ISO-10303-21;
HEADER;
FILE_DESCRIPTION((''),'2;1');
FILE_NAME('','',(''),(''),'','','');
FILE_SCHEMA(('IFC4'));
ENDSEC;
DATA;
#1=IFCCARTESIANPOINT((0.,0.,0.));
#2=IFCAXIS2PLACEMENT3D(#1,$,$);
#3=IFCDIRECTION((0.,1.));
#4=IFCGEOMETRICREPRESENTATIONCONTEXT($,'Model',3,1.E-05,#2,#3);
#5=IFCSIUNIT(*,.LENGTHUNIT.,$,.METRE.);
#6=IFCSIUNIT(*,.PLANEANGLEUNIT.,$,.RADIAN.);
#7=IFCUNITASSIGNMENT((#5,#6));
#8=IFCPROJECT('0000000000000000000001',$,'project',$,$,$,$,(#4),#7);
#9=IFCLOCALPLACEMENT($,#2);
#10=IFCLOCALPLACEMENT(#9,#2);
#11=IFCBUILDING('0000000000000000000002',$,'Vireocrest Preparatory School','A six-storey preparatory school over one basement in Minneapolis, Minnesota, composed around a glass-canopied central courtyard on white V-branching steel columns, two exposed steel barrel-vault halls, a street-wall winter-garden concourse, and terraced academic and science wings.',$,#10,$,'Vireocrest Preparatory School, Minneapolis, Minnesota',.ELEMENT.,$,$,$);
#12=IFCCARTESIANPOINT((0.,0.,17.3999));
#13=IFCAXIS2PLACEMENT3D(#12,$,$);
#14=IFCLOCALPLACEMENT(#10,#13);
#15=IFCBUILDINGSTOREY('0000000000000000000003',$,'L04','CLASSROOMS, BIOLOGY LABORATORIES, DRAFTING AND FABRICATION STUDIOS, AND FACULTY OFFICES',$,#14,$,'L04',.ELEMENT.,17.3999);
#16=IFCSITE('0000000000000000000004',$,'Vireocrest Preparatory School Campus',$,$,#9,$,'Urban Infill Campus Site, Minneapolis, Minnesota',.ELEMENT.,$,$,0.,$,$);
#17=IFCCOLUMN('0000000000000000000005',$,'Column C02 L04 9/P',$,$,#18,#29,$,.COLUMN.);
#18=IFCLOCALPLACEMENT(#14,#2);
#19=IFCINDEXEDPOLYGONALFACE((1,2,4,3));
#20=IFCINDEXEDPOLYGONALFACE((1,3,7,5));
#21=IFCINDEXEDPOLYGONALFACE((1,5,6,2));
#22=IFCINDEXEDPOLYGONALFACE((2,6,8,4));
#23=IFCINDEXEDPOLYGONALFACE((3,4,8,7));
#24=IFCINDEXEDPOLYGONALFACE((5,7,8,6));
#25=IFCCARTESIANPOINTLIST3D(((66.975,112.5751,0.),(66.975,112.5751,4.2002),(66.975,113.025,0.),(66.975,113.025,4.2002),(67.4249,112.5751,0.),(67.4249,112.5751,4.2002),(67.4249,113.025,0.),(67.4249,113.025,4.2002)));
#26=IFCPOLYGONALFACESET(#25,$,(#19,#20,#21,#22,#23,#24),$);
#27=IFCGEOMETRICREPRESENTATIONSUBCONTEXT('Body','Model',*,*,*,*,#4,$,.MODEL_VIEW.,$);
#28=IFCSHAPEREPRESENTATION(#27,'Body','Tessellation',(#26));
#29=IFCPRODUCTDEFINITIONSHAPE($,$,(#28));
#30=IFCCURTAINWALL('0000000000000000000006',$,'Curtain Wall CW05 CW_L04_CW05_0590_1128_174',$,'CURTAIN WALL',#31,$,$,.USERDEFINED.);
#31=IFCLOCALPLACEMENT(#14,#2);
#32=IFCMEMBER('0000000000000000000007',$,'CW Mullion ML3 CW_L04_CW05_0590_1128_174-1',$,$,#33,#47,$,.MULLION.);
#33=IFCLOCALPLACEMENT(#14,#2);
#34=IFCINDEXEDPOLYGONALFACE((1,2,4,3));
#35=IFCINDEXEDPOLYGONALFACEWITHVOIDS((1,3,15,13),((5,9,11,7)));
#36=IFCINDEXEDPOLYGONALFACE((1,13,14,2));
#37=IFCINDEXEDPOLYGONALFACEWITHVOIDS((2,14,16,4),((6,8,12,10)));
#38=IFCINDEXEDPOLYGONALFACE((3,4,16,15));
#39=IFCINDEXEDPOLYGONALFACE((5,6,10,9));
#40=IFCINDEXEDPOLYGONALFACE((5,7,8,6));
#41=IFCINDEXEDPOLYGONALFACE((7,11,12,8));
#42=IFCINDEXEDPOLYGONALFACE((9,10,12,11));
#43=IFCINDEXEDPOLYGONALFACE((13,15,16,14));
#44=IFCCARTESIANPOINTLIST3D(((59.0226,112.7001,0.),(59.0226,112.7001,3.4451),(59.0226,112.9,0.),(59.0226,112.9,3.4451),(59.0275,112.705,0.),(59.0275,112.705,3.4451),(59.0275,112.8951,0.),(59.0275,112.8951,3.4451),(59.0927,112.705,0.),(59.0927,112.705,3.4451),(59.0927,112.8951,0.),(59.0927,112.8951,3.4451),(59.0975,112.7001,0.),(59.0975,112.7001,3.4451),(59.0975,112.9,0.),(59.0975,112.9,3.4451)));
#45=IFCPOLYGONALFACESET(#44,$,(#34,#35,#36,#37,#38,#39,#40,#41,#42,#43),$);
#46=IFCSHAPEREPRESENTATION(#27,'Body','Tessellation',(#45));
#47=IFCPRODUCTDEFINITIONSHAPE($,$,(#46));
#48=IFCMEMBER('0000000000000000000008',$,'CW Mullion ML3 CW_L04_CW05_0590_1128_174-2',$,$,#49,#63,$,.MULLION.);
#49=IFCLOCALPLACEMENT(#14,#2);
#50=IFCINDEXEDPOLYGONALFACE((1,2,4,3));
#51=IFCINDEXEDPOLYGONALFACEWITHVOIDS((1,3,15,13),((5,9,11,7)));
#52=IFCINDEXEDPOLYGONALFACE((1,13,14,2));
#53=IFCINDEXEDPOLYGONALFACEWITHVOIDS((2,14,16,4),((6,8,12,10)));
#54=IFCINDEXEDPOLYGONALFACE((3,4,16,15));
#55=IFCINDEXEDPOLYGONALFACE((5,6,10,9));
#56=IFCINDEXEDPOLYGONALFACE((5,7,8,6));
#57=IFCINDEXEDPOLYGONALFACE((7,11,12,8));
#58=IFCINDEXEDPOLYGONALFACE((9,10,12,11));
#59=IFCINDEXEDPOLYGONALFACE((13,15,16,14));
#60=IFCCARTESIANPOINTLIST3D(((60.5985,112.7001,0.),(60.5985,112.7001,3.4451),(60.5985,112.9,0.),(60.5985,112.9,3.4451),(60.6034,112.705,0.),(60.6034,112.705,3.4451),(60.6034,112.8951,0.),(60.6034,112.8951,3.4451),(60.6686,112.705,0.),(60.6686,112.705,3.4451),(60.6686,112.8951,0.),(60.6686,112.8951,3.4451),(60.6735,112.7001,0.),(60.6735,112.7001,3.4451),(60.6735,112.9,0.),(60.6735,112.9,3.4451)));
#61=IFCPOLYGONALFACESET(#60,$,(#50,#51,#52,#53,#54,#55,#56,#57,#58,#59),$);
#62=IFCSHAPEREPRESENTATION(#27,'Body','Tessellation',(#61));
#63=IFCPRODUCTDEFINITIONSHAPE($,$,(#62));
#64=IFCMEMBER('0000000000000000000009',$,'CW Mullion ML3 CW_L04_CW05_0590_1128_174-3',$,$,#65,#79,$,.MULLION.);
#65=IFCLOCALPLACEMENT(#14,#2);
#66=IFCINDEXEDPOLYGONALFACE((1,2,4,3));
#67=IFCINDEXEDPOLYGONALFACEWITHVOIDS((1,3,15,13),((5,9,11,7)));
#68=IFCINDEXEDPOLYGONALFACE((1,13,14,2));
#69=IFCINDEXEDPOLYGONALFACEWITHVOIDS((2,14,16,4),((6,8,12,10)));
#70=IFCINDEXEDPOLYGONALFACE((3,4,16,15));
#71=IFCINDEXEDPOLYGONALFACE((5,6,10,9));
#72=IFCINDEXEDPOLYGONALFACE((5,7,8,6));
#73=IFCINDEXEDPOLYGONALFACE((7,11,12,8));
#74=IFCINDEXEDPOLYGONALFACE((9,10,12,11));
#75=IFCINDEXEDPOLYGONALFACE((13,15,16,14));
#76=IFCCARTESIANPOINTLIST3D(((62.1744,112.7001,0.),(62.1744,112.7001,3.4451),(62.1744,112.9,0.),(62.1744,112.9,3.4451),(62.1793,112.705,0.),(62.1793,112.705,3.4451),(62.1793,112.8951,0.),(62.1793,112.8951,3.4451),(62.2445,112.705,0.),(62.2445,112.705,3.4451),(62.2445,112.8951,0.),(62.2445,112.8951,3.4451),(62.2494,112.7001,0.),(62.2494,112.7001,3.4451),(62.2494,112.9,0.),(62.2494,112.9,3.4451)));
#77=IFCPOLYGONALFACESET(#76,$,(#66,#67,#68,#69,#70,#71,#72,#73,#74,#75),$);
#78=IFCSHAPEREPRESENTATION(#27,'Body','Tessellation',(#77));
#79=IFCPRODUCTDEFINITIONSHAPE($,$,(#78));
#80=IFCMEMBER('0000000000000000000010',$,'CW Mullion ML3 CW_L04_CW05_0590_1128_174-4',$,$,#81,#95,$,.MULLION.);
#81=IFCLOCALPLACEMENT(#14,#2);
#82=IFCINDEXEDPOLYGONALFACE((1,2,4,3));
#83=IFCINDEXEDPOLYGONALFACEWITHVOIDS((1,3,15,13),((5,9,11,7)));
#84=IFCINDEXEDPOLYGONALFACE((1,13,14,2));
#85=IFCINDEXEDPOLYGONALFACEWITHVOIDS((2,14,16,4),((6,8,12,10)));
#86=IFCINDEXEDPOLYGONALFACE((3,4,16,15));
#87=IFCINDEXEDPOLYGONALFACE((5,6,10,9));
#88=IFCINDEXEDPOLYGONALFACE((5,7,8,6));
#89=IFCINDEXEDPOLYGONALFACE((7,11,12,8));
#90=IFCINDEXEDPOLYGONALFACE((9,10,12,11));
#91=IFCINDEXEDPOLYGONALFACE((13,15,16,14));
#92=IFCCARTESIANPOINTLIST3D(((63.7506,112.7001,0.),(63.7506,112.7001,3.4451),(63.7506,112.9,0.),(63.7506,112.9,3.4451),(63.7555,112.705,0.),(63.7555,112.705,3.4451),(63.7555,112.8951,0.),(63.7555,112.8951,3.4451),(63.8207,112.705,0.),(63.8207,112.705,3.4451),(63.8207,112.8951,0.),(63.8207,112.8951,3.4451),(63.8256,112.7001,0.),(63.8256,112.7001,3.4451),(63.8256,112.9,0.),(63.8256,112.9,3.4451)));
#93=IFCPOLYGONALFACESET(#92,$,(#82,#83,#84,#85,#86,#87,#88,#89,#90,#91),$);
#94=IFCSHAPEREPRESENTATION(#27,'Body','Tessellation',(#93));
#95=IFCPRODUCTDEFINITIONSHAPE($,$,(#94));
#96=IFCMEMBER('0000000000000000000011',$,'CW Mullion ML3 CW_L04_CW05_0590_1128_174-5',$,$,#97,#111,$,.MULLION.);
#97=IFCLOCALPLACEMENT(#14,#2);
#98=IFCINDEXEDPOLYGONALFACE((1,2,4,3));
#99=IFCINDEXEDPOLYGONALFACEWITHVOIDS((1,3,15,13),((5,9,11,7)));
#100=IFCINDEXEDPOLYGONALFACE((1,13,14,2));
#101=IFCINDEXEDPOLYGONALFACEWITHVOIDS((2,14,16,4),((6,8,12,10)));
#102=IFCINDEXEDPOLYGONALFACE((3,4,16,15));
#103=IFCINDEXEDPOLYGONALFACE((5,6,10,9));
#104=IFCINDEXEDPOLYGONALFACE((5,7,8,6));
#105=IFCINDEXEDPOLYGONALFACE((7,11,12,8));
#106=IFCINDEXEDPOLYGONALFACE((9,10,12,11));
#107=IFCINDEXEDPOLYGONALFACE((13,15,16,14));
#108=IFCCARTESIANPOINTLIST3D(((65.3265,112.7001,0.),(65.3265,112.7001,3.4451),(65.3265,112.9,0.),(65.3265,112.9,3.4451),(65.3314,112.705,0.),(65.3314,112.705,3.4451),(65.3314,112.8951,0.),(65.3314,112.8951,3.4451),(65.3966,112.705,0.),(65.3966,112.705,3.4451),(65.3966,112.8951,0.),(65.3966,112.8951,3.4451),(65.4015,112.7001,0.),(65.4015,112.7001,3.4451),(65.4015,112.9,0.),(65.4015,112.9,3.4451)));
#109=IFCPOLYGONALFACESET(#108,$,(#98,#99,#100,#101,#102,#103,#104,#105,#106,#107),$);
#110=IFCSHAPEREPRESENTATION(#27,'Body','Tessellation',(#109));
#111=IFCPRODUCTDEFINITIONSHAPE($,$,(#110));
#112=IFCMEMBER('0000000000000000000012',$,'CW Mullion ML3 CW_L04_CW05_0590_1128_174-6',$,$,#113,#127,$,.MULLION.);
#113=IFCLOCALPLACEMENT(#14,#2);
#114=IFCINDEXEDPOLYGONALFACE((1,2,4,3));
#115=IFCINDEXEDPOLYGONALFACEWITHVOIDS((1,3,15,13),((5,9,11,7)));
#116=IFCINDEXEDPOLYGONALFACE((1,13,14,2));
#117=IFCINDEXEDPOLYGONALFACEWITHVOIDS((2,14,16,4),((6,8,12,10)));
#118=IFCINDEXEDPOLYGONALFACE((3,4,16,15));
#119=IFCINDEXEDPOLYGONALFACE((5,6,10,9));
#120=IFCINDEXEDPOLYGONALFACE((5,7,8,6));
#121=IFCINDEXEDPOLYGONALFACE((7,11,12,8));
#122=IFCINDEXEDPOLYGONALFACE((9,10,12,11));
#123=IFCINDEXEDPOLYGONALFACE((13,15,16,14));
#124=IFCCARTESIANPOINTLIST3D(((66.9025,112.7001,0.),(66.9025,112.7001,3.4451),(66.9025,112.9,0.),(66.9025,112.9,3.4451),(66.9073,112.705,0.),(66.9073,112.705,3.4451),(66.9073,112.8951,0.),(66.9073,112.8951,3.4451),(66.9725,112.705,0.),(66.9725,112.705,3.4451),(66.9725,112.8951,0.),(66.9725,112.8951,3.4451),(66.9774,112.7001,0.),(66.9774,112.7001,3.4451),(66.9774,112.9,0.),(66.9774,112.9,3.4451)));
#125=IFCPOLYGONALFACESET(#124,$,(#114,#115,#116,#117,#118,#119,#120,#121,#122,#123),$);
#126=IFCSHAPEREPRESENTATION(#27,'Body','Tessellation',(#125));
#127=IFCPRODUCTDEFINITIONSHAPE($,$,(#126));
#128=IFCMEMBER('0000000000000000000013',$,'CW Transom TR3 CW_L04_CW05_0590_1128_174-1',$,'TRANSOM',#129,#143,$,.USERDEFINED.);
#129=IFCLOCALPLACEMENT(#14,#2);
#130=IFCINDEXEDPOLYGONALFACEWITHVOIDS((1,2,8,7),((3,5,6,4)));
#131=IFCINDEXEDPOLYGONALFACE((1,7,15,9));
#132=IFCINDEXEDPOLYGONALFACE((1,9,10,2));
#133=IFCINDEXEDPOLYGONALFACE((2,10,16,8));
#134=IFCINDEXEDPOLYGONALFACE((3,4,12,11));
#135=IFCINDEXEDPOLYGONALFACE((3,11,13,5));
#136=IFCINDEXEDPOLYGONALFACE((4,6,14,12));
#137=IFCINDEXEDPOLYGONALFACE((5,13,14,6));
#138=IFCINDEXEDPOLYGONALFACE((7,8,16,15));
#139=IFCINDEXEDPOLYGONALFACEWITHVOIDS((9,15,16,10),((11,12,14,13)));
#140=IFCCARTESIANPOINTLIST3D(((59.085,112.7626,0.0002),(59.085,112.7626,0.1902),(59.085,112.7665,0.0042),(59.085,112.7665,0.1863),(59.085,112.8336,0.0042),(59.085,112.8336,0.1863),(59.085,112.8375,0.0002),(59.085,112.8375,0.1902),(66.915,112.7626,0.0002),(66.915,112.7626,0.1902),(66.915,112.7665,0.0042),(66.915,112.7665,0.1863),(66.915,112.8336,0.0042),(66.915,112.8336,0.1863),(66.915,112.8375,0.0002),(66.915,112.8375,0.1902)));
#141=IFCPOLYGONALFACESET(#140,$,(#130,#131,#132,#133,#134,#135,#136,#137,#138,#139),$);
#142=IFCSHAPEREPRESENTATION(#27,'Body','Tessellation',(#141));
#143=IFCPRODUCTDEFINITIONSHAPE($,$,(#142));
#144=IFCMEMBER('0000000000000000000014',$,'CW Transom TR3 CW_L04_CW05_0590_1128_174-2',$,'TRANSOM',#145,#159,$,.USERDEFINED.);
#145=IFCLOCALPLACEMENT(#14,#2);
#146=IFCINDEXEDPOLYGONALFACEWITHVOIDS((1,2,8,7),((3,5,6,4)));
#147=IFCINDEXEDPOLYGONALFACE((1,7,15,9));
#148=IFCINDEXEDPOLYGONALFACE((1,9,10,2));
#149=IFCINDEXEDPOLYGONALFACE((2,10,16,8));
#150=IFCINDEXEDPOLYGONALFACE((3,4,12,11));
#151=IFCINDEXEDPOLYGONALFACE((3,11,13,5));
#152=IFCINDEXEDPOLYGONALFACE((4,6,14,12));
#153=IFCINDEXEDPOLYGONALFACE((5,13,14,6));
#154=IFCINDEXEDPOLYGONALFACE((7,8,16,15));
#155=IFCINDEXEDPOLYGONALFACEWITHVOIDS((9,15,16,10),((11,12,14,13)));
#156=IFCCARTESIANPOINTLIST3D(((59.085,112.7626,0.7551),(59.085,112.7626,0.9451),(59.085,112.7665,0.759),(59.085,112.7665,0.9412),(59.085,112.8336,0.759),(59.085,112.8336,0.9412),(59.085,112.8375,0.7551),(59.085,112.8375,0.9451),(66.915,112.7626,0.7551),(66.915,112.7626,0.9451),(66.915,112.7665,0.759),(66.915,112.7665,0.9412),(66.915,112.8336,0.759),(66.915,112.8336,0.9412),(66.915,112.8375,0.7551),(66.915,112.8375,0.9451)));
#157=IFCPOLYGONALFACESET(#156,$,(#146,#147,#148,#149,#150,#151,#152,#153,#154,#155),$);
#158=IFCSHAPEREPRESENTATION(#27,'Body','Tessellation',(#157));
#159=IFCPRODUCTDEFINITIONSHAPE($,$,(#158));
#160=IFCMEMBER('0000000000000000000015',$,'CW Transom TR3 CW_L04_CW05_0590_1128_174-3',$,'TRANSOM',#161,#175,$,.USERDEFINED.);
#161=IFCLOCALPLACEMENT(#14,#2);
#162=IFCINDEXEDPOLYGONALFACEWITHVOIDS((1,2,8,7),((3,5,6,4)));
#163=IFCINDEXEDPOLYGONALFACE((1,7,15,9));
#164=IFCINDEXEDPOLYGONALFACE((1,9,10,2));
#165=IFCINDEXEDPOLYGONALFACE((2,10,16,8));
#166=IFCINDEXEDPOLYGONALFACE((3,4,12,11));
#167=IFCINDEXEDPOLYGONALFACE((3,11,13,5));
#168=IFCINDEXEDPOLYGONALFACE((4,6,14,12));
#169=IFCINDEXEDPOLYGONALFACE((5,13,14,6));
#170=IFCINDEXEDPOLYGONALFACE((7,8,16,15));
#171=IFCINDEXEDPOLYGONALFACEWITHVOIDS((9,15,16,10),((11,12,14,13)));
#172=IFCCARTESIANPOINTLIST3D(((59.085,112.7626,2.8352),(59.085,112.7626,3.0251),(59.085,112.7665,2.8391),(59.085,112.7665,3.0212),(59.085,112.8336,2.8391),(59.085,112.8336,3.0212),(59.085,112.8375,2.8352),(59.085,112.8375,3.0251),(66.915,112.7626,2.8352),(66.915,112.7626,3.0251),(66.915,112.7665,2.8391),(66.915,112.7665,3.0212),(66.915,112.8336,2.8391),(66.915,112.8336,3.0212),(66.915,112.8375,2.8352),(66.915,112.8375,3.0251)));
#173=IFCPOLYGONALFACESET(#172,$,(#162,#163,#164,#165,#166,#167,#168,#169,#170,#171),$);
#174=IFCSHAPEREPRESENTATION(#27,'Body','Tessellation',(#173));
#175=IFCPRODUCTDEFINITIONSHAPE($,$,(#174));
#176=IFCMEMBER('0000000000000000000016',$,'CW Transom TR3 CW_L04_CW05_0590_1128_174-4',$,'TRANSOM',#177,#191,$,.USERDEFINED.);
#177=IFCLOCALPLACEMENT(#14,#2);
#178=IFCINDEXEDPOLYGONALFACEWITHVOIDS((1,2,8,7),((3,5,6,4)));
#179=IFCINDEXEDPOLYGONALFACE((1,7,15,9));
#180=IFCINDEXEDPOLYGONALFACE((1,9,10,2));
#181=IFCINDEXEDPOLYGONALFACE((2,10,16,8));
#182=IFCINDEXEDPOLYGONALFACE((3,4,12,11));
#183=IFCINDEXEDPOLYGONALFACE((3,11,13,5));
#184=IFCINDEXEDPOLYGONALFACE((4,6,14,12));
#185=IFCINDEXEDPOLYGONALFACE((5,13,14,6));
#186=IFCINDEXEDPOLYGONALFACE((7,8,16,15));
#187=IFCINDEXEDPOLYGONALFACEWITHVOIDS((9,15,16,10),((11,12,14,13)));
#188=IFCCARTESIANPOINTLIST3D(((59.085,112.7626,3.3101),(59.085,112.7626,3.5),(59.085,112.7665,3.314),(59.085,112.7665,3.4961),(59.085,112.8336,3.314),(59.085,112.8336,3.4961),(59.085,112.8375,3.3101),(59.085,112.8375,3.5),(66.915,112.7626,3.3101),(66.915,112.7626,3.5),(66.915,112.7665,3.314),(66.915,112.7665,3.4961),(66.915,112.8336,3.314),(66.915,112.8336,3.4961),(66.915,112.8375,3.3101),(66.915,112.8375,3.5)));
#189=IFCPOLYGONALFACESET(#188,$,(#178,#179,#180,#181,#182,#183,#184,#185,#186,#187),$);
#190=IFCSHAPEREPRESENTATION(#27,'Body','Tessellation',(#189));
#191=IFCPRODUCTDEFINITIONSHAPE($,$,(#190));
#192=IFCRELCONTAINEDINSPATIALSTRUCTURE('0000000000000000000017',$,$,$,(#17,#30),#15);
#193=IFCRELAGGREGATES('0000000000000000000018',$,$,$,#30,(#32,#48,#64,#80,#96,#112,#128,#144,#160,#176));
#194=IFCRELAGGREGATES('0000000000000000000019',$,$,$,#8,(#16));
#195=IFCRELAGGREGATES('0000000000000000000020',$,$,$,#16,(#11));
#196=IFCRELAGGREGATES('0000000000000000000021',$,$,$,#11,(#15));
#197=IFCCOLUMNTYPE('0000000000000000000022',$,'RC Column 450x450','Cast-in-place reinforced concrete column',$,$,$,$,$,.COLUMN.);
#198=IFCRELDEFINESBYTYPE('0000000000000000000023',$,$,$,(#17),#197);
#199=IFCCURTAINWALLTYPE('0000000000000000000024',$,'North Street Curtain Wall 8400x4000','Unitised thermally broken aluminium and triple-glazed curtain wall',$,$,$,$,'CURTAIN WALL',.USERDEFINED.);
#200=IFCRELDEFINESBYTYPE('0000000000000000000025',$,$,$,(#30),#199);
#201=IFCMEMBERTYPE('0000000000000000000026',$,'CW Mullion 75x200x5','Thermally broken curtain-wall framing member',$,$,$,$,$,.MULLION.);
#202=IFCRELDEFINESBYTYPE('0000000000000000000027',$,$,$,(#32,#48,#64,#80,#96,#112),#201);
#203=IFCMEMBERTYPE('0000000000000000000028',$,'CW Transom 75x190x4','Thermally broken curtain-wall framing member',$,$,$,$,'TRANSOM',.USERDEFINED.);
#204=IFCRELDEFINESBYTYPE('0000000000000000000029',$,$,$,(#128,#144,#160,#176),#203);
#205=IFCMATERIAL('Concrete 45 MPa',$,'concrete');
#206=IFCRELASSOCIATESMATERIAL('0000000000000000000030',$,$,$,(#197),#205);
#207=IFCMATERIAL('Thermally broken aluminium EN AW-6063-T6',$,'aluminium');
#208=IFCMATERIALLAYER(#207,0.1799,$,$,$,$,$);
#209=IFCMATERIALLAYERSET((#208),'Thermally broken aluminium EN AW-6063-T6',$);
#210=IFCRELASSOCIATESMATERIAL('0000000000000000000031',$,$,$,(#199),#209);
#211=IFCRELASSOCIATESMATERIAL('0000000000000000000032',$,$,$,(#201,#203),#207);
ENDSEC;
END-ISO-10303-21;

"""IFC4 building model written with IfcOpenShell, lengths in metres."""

from ifc_helpers import new_model, si_unit, direction, frame, origin, origin_2d, place, context, subcontext, project, spatial, rectangle, hollow_rectangle, extrude, material, layer, layer_set, material_profile, profile_set, type_object, element, aggregate, save


model = new_model("IFC4")

# Units and contexts
model_context = context("Model", 3, precision=1e-05, world=origin(), true_north=direction((0.0, 1.0)))
body_context = subcontext(model_context, "Body", "Model", "MODEL_VIEW")
ifc_project = project(units=[si_unit("LENGTHUNIT", "METRE"), si_unit("PLANEANGLEUNIT", "RADIAN")], contexts=[model_context])

# Site, building, storey
site_placement = place(None, origin())
site = spatial("IfcSite", under=ifc_project, at=site_placement, Name="Vireocrest Preparatory School Campus", LongName="Urban Infill Campus Site, Minneapolis, Minnesota", CompositionType="ELEMENT", RefElevation=0.0)
building_placement = place(site_placement, origin())
building = spatial("IfcBuilding", under=site, at=building_placement, Name="Vireocrest Preparatory School", Description="A six-storey preparatory school over one basement in Minneapolis, Minnesota, composed around a glass-canopied central courtyard on white V-branching steel columns, two exposed steel barrel-vault halls, a street-wall winter-garden concourse, and terraced academic and science wings.", LongName="Vireocrest Preparatory School, Minneapolis, Minnesota", CompositionType="ELEMENT")
storey_placement = place(building_placement, frame((0.0, 0.0, 17.3999)))
storey = spatial("IfcBuildingStorey", under=building, at=storey_placement, Name="L04", Description="CLASSROOMS, BIOLOGY LABORATORIES, DRAFTING AND FABRICATION STUDIOS, AND FACULTY OFFICES", LongName="L04", CompositionType="ELEMENT", Elevation=17.3999)

# Column
ifc_material_1 = material(Name="Concrete 45 MPa", Category="concrete")
ifc_material_profile_1 = material_profile(ifc_material_1, rectangle(XDim=0.45, YDim=0.45, at=origin_2d()), Name="RC 450x450")
ifc_profile_set_1 = profile_set([ifc_material_profile_1], Name="Concrete 45 MPa")
column_type = type_object("IfcColumnType", Name="RC Column 450x450", Description="Cast-in-place reinforced concrete column", PredefinedType="COLUMN", material=ifc_profile_set_1)
column_placement = place(storey_placement, frame((67.2, 112.8, 0.0), z_axis=(0.0, 0.0, 1.0), x_axis=(1.0, 0.0, 0.0)))
element("IfcColumn", 1, at=column_placement, inside=storey, type_object=column_type, Name="Column C02 L04 9/P", PredefinedType="COLUMN", context=body_context, shape_type="SweptSolid", body=[
    extrude(rectangle(XDim=0.45, YDim=0.45, at=origin_2d()), origin(), (0.0, 0.0, 1.0), 4.2002),
])

# Curtain wall, members
ifc_material_2 = material(Name="Thermally broken aluminium EN AW-6063-T6", Category="aluminium")
ifc_layer_1 = layer(ifc_material_2, 0.1799)
ifc_layer_set_1 = layer_set([ifc_layer_1], Name="Thermally broken aluminium EN AW-6063-T6")
curtain_wall_type = type_object("IfcCurtainWallType", Name="North Street Curtain Wall 8400x4000", Description="Unitised thermally broken aluminium and triple-glazed curtain wall", ElementType="CURTAIN WALL", PredefinedType="USERDEFINED", material=ifc_layer_set_1)
curtain_wall_placement = place(storey_placement, origin())
curtain_wall = element("IfcCurtainWall", 2, at=curtain_wall_placement, inside=storey, type_object=curtain_wall_type, Name="Curtain Wall CW05 CW_L04_CW05_0590_1128_174", ObjectType="CURTAIN WALL", PredefinedType="USERDEFINED")
ifc_material_profile_2 = material_profile(ifc_material_2, hollow_rectangle(XDim=0.075, YDim=0.2, WallThickness=0.0049, at=origin_2d()), Name="ALU 75x200x5")
ifc_profile_set_2 = profile_set([ifc_material_profile_2], Name="Thermally broken aluminium EN AW-6063-T6")
member_type_1 = type_object("IfcMemberType", Name="CW Mullion 75x200x5", Description="Thermally broken curtain-wall framing member", PredefinedType="MULLION", material=ifc_profile_set_2)
member_1_placement = place(storey_placement, frame((59.0601, 112.8, 0.0), z_axis=(0.0, 0.0, 1.0), x_axis=(1.0, 0.0, 0.0)))
member_1 = element("IfcMember", 3, at=member_1_placement, type_object=member_type_1, Name="CW Mullion ML3 CW_L04_CW05_0590_1128_174-1", PredefinedType="MULLION", context=body_context, shape_type="SweptSolid", body=[
    extrude(hollow_rectangle(XDim=0.075, YDim=0.2, WallThickness=0.0049, at=origin_2d()), origin(), (0.0, 0.0, 1.0), 3.4451),
])
member_2_placement = place(storey_placement, frame((60.636, 112.8, 0.0), z_axis=(0.0, 0.0, 1.0), x_axis=(1.0, 0.0, 0.0)))
member_2 = element("IfcMember", 4, at=member_2_placement, type_object=member_type_1, Name="CW Mullion ML3 CW_L04_CW05_0590_1128_174-2", PredefinedType="MULLION", context=body_context, shape_type="SweptSolid", body=[
    extrude(hollow_rectangle(XDim=0.075, YDim=0.2, WallThickness=0.0049, at=origin_2d()), origin(), (0.0, 0.0, 1.0), 3.4451),
])
member_3_placement = place(storey_placement, frame((62.2119, 112.8, 0.0), z_axis=(0.0, 0.0, 1.0), x_axis=(1.0, 0.0, 0.0)))
member_3 = element("IfcMember", 5, at=member_3_placement, type_object=member_type_1, Name="CW Mullion ML3 CW_L04_CW05_0590_1128_174-3", PredefinedType="MULLION", context=body_context, shape_type="SweptSolid", body=[
    extrude(hollow_rectangle(XDim=0.075, YDim=0.2, WallThickness=0.0049, at=origin_2d()), origin(), (0.0, 0.0, 1.0), 3.4451),
])
member_4_placement = place(storey_placement, frame((63.7881, 112.8, 0.0), z_axis=(0.0, 0.0, 1.0), x_axis=(1.0, 0.0, 0.0)))
member_4 = element("IfcMember", 6, at=member_4_placement, type_object=member_type_1, Name="CW Mullion ML3 CW_L04_CW05_0590_1128_174-4", PredefinedType="MULLION", context=body_context, shape_type="SweptSolid", body=[
    extrude(hollow_rectangle(XDim=0.075, YDim=0.2, WallThickness=0.0049, at=origin_2d()), origin(), (0.0, 0.0, 1.0), 3.4451),
])
member_5_placement = place(storey_placement, frame((65.364, 112.8, 0.0), z_axis=(0.0, 0.0, 1.0), x_axis=(1.0, 0.0, 0.0)))
member_5 = element("IfcMember", 7, at=member_5_placement, type_object=member_type_1, Name="CW Mullion ML3 CW_L04_CW05_0590_1128_174-5", PredefinedType="MULLION", context=body_context, shape_type="SweptSolid", body=[
    extrude(hollow_rectangle(XDim=0.075, YDim=0.2, WallThickness=0.0049, at=origin_2d()), origin(), (0.0, 0.0, 1.0), 3.4451),
])
member_6_placement = place(storey_placement, frame((66.9399, 112.8, 0.0), z_axis=(0.0, 0.0, 1.0), x_axis=(1.0, 0.0, 0.0)))
member_6 = element("IfcMember", 8, at=member_6_placement, type_object=member_type_1, Name="CW Mullion ML3 CW_L04_CW05_0590_1128_174-6", PredefinedType="MULLION", context=body_context, shape_type="SweptSolid", body=[
    extrude(hollow_rectangle(XDim=0.075, YDim=0.2, WallThickness=0.0049, at=origin_2d()), origin(), (0.0, 0.0, 1.0), 3.4451),
])
ifc_material_profile_3 = material_profile(ifc_material_2, hollow_rectangle(XDim=0.075, YDim=0.1899, WallThickness=0.0039, at=origin_2d()), Name="ALU 75x190x4")
ifc_profile_set_3 = profile_set([ifc_material_profile_3], Name="Thermally broken aluminium EN AW-6063-T6")
member_type_2 = type_object("IfcMemberType", Name="CW Transom 75x190x4", Description="Thermally broken curtain-wall framing member", ElementType="TRANSOM", PredefinedType="USERDEFINED", material=ifc_profile_set_3)
member_7_placement = place(storey_placement, frame((59.085, 112.8, 0.0952), z_axis=(1.0, 0.0, 0.0), x_axis=(0.0, 1.0, 0.0)))
member_7 = element("IfcMember", 9, at=member_7_placement, type_object=member_type_2, Name="CW Transom TR3 CW_L04_CW05_0590_1128_174-1", ObjectType="TRANSOM", PredefinedType="USERDEFINED", context=body_context, shape_type="SweptSolid", body=[
    extrude(hollow_rectangle(XDim=0.075, YDim=0.1899, WallThickness=0.0039, at=origin_2d()), origin(), (0.0, 0.0, 1.0), 7.8301),
])
member_8_placement = place(storey_placement, frame((59.085, 112.8, 0.8501), z_axis=(1.0, 0.0, 0.0), x_axis=(0.0, 1.0, 0.0)))
member_8 = element("IfcMember", 10, at=member_8_placement, type_object=member_type_2, Name="CW Transom TR3 CW_L04_CW05_0590_1128_174-2", ObjectType="TRANSOM", PredefinedType="USERDEFINED", context=body_context, shape_type="SweptSolid", body=[
    extrude(hollow_rectangle(XDim=0.075, YDim=0.1899, WallThickness=0.0039, at=origin_2d()), origin(), (0.0, 0.0, 1.0), 7.8301),
])
member_9_placement = place(storey_placement, frame((59.085, 112.8, 2.9302), z_axis=(1.0, 0.0, 0.0), x_axis=(0.0, 1.0, 0.0)))
member_9 = element("IfcMember", 11, at=member_9_placement, type_object=member_type_2, Name="CW Transom TR3 CW_L04_CW05_0590_1128_174-3", ObjectType="TRANSOM", PredefinedType="USERDEFINED", context=body_context, shape_type="SweptSolid", body=[
    extrude(hollow_rectangle(XDim=0.075, YDim=0.1899, WallThickness=0.0039, at=origin_2d()), origin(), (0.0, 0.0, 1.0), 7.8301),
])
member_10_placement = place(storey_placement, frame((59.085, 112.8, 3.405), z_axis=(1.0, 0.0, 0.0), x_axis=(0.0, 1.0, 0.0)))
member_10 = element("IfcMember", 12, at=member_10_placement, type_object=member_type_2, Name="CW Transom TR3 CW_L04_CW05_0590_1128_174-4", ObjectType="TRANSOM", PredefinedType="USERDEFINED", context=body_context, shape_type="SweptSolid", body=[
    extrude(hollow_rectangle(XDim=0.075, YDim=0.1899, WallThickness=0.0039, at=origin_2d()), origin(), (0.0, 0.0, 1.0), 7.8301),
])

aggregate(curtain_wall, [member_1, member_2, member_3, member_4, member_5, member_6, member_7, member_8, member_9, member_10])

save(model, "model.ifc")
